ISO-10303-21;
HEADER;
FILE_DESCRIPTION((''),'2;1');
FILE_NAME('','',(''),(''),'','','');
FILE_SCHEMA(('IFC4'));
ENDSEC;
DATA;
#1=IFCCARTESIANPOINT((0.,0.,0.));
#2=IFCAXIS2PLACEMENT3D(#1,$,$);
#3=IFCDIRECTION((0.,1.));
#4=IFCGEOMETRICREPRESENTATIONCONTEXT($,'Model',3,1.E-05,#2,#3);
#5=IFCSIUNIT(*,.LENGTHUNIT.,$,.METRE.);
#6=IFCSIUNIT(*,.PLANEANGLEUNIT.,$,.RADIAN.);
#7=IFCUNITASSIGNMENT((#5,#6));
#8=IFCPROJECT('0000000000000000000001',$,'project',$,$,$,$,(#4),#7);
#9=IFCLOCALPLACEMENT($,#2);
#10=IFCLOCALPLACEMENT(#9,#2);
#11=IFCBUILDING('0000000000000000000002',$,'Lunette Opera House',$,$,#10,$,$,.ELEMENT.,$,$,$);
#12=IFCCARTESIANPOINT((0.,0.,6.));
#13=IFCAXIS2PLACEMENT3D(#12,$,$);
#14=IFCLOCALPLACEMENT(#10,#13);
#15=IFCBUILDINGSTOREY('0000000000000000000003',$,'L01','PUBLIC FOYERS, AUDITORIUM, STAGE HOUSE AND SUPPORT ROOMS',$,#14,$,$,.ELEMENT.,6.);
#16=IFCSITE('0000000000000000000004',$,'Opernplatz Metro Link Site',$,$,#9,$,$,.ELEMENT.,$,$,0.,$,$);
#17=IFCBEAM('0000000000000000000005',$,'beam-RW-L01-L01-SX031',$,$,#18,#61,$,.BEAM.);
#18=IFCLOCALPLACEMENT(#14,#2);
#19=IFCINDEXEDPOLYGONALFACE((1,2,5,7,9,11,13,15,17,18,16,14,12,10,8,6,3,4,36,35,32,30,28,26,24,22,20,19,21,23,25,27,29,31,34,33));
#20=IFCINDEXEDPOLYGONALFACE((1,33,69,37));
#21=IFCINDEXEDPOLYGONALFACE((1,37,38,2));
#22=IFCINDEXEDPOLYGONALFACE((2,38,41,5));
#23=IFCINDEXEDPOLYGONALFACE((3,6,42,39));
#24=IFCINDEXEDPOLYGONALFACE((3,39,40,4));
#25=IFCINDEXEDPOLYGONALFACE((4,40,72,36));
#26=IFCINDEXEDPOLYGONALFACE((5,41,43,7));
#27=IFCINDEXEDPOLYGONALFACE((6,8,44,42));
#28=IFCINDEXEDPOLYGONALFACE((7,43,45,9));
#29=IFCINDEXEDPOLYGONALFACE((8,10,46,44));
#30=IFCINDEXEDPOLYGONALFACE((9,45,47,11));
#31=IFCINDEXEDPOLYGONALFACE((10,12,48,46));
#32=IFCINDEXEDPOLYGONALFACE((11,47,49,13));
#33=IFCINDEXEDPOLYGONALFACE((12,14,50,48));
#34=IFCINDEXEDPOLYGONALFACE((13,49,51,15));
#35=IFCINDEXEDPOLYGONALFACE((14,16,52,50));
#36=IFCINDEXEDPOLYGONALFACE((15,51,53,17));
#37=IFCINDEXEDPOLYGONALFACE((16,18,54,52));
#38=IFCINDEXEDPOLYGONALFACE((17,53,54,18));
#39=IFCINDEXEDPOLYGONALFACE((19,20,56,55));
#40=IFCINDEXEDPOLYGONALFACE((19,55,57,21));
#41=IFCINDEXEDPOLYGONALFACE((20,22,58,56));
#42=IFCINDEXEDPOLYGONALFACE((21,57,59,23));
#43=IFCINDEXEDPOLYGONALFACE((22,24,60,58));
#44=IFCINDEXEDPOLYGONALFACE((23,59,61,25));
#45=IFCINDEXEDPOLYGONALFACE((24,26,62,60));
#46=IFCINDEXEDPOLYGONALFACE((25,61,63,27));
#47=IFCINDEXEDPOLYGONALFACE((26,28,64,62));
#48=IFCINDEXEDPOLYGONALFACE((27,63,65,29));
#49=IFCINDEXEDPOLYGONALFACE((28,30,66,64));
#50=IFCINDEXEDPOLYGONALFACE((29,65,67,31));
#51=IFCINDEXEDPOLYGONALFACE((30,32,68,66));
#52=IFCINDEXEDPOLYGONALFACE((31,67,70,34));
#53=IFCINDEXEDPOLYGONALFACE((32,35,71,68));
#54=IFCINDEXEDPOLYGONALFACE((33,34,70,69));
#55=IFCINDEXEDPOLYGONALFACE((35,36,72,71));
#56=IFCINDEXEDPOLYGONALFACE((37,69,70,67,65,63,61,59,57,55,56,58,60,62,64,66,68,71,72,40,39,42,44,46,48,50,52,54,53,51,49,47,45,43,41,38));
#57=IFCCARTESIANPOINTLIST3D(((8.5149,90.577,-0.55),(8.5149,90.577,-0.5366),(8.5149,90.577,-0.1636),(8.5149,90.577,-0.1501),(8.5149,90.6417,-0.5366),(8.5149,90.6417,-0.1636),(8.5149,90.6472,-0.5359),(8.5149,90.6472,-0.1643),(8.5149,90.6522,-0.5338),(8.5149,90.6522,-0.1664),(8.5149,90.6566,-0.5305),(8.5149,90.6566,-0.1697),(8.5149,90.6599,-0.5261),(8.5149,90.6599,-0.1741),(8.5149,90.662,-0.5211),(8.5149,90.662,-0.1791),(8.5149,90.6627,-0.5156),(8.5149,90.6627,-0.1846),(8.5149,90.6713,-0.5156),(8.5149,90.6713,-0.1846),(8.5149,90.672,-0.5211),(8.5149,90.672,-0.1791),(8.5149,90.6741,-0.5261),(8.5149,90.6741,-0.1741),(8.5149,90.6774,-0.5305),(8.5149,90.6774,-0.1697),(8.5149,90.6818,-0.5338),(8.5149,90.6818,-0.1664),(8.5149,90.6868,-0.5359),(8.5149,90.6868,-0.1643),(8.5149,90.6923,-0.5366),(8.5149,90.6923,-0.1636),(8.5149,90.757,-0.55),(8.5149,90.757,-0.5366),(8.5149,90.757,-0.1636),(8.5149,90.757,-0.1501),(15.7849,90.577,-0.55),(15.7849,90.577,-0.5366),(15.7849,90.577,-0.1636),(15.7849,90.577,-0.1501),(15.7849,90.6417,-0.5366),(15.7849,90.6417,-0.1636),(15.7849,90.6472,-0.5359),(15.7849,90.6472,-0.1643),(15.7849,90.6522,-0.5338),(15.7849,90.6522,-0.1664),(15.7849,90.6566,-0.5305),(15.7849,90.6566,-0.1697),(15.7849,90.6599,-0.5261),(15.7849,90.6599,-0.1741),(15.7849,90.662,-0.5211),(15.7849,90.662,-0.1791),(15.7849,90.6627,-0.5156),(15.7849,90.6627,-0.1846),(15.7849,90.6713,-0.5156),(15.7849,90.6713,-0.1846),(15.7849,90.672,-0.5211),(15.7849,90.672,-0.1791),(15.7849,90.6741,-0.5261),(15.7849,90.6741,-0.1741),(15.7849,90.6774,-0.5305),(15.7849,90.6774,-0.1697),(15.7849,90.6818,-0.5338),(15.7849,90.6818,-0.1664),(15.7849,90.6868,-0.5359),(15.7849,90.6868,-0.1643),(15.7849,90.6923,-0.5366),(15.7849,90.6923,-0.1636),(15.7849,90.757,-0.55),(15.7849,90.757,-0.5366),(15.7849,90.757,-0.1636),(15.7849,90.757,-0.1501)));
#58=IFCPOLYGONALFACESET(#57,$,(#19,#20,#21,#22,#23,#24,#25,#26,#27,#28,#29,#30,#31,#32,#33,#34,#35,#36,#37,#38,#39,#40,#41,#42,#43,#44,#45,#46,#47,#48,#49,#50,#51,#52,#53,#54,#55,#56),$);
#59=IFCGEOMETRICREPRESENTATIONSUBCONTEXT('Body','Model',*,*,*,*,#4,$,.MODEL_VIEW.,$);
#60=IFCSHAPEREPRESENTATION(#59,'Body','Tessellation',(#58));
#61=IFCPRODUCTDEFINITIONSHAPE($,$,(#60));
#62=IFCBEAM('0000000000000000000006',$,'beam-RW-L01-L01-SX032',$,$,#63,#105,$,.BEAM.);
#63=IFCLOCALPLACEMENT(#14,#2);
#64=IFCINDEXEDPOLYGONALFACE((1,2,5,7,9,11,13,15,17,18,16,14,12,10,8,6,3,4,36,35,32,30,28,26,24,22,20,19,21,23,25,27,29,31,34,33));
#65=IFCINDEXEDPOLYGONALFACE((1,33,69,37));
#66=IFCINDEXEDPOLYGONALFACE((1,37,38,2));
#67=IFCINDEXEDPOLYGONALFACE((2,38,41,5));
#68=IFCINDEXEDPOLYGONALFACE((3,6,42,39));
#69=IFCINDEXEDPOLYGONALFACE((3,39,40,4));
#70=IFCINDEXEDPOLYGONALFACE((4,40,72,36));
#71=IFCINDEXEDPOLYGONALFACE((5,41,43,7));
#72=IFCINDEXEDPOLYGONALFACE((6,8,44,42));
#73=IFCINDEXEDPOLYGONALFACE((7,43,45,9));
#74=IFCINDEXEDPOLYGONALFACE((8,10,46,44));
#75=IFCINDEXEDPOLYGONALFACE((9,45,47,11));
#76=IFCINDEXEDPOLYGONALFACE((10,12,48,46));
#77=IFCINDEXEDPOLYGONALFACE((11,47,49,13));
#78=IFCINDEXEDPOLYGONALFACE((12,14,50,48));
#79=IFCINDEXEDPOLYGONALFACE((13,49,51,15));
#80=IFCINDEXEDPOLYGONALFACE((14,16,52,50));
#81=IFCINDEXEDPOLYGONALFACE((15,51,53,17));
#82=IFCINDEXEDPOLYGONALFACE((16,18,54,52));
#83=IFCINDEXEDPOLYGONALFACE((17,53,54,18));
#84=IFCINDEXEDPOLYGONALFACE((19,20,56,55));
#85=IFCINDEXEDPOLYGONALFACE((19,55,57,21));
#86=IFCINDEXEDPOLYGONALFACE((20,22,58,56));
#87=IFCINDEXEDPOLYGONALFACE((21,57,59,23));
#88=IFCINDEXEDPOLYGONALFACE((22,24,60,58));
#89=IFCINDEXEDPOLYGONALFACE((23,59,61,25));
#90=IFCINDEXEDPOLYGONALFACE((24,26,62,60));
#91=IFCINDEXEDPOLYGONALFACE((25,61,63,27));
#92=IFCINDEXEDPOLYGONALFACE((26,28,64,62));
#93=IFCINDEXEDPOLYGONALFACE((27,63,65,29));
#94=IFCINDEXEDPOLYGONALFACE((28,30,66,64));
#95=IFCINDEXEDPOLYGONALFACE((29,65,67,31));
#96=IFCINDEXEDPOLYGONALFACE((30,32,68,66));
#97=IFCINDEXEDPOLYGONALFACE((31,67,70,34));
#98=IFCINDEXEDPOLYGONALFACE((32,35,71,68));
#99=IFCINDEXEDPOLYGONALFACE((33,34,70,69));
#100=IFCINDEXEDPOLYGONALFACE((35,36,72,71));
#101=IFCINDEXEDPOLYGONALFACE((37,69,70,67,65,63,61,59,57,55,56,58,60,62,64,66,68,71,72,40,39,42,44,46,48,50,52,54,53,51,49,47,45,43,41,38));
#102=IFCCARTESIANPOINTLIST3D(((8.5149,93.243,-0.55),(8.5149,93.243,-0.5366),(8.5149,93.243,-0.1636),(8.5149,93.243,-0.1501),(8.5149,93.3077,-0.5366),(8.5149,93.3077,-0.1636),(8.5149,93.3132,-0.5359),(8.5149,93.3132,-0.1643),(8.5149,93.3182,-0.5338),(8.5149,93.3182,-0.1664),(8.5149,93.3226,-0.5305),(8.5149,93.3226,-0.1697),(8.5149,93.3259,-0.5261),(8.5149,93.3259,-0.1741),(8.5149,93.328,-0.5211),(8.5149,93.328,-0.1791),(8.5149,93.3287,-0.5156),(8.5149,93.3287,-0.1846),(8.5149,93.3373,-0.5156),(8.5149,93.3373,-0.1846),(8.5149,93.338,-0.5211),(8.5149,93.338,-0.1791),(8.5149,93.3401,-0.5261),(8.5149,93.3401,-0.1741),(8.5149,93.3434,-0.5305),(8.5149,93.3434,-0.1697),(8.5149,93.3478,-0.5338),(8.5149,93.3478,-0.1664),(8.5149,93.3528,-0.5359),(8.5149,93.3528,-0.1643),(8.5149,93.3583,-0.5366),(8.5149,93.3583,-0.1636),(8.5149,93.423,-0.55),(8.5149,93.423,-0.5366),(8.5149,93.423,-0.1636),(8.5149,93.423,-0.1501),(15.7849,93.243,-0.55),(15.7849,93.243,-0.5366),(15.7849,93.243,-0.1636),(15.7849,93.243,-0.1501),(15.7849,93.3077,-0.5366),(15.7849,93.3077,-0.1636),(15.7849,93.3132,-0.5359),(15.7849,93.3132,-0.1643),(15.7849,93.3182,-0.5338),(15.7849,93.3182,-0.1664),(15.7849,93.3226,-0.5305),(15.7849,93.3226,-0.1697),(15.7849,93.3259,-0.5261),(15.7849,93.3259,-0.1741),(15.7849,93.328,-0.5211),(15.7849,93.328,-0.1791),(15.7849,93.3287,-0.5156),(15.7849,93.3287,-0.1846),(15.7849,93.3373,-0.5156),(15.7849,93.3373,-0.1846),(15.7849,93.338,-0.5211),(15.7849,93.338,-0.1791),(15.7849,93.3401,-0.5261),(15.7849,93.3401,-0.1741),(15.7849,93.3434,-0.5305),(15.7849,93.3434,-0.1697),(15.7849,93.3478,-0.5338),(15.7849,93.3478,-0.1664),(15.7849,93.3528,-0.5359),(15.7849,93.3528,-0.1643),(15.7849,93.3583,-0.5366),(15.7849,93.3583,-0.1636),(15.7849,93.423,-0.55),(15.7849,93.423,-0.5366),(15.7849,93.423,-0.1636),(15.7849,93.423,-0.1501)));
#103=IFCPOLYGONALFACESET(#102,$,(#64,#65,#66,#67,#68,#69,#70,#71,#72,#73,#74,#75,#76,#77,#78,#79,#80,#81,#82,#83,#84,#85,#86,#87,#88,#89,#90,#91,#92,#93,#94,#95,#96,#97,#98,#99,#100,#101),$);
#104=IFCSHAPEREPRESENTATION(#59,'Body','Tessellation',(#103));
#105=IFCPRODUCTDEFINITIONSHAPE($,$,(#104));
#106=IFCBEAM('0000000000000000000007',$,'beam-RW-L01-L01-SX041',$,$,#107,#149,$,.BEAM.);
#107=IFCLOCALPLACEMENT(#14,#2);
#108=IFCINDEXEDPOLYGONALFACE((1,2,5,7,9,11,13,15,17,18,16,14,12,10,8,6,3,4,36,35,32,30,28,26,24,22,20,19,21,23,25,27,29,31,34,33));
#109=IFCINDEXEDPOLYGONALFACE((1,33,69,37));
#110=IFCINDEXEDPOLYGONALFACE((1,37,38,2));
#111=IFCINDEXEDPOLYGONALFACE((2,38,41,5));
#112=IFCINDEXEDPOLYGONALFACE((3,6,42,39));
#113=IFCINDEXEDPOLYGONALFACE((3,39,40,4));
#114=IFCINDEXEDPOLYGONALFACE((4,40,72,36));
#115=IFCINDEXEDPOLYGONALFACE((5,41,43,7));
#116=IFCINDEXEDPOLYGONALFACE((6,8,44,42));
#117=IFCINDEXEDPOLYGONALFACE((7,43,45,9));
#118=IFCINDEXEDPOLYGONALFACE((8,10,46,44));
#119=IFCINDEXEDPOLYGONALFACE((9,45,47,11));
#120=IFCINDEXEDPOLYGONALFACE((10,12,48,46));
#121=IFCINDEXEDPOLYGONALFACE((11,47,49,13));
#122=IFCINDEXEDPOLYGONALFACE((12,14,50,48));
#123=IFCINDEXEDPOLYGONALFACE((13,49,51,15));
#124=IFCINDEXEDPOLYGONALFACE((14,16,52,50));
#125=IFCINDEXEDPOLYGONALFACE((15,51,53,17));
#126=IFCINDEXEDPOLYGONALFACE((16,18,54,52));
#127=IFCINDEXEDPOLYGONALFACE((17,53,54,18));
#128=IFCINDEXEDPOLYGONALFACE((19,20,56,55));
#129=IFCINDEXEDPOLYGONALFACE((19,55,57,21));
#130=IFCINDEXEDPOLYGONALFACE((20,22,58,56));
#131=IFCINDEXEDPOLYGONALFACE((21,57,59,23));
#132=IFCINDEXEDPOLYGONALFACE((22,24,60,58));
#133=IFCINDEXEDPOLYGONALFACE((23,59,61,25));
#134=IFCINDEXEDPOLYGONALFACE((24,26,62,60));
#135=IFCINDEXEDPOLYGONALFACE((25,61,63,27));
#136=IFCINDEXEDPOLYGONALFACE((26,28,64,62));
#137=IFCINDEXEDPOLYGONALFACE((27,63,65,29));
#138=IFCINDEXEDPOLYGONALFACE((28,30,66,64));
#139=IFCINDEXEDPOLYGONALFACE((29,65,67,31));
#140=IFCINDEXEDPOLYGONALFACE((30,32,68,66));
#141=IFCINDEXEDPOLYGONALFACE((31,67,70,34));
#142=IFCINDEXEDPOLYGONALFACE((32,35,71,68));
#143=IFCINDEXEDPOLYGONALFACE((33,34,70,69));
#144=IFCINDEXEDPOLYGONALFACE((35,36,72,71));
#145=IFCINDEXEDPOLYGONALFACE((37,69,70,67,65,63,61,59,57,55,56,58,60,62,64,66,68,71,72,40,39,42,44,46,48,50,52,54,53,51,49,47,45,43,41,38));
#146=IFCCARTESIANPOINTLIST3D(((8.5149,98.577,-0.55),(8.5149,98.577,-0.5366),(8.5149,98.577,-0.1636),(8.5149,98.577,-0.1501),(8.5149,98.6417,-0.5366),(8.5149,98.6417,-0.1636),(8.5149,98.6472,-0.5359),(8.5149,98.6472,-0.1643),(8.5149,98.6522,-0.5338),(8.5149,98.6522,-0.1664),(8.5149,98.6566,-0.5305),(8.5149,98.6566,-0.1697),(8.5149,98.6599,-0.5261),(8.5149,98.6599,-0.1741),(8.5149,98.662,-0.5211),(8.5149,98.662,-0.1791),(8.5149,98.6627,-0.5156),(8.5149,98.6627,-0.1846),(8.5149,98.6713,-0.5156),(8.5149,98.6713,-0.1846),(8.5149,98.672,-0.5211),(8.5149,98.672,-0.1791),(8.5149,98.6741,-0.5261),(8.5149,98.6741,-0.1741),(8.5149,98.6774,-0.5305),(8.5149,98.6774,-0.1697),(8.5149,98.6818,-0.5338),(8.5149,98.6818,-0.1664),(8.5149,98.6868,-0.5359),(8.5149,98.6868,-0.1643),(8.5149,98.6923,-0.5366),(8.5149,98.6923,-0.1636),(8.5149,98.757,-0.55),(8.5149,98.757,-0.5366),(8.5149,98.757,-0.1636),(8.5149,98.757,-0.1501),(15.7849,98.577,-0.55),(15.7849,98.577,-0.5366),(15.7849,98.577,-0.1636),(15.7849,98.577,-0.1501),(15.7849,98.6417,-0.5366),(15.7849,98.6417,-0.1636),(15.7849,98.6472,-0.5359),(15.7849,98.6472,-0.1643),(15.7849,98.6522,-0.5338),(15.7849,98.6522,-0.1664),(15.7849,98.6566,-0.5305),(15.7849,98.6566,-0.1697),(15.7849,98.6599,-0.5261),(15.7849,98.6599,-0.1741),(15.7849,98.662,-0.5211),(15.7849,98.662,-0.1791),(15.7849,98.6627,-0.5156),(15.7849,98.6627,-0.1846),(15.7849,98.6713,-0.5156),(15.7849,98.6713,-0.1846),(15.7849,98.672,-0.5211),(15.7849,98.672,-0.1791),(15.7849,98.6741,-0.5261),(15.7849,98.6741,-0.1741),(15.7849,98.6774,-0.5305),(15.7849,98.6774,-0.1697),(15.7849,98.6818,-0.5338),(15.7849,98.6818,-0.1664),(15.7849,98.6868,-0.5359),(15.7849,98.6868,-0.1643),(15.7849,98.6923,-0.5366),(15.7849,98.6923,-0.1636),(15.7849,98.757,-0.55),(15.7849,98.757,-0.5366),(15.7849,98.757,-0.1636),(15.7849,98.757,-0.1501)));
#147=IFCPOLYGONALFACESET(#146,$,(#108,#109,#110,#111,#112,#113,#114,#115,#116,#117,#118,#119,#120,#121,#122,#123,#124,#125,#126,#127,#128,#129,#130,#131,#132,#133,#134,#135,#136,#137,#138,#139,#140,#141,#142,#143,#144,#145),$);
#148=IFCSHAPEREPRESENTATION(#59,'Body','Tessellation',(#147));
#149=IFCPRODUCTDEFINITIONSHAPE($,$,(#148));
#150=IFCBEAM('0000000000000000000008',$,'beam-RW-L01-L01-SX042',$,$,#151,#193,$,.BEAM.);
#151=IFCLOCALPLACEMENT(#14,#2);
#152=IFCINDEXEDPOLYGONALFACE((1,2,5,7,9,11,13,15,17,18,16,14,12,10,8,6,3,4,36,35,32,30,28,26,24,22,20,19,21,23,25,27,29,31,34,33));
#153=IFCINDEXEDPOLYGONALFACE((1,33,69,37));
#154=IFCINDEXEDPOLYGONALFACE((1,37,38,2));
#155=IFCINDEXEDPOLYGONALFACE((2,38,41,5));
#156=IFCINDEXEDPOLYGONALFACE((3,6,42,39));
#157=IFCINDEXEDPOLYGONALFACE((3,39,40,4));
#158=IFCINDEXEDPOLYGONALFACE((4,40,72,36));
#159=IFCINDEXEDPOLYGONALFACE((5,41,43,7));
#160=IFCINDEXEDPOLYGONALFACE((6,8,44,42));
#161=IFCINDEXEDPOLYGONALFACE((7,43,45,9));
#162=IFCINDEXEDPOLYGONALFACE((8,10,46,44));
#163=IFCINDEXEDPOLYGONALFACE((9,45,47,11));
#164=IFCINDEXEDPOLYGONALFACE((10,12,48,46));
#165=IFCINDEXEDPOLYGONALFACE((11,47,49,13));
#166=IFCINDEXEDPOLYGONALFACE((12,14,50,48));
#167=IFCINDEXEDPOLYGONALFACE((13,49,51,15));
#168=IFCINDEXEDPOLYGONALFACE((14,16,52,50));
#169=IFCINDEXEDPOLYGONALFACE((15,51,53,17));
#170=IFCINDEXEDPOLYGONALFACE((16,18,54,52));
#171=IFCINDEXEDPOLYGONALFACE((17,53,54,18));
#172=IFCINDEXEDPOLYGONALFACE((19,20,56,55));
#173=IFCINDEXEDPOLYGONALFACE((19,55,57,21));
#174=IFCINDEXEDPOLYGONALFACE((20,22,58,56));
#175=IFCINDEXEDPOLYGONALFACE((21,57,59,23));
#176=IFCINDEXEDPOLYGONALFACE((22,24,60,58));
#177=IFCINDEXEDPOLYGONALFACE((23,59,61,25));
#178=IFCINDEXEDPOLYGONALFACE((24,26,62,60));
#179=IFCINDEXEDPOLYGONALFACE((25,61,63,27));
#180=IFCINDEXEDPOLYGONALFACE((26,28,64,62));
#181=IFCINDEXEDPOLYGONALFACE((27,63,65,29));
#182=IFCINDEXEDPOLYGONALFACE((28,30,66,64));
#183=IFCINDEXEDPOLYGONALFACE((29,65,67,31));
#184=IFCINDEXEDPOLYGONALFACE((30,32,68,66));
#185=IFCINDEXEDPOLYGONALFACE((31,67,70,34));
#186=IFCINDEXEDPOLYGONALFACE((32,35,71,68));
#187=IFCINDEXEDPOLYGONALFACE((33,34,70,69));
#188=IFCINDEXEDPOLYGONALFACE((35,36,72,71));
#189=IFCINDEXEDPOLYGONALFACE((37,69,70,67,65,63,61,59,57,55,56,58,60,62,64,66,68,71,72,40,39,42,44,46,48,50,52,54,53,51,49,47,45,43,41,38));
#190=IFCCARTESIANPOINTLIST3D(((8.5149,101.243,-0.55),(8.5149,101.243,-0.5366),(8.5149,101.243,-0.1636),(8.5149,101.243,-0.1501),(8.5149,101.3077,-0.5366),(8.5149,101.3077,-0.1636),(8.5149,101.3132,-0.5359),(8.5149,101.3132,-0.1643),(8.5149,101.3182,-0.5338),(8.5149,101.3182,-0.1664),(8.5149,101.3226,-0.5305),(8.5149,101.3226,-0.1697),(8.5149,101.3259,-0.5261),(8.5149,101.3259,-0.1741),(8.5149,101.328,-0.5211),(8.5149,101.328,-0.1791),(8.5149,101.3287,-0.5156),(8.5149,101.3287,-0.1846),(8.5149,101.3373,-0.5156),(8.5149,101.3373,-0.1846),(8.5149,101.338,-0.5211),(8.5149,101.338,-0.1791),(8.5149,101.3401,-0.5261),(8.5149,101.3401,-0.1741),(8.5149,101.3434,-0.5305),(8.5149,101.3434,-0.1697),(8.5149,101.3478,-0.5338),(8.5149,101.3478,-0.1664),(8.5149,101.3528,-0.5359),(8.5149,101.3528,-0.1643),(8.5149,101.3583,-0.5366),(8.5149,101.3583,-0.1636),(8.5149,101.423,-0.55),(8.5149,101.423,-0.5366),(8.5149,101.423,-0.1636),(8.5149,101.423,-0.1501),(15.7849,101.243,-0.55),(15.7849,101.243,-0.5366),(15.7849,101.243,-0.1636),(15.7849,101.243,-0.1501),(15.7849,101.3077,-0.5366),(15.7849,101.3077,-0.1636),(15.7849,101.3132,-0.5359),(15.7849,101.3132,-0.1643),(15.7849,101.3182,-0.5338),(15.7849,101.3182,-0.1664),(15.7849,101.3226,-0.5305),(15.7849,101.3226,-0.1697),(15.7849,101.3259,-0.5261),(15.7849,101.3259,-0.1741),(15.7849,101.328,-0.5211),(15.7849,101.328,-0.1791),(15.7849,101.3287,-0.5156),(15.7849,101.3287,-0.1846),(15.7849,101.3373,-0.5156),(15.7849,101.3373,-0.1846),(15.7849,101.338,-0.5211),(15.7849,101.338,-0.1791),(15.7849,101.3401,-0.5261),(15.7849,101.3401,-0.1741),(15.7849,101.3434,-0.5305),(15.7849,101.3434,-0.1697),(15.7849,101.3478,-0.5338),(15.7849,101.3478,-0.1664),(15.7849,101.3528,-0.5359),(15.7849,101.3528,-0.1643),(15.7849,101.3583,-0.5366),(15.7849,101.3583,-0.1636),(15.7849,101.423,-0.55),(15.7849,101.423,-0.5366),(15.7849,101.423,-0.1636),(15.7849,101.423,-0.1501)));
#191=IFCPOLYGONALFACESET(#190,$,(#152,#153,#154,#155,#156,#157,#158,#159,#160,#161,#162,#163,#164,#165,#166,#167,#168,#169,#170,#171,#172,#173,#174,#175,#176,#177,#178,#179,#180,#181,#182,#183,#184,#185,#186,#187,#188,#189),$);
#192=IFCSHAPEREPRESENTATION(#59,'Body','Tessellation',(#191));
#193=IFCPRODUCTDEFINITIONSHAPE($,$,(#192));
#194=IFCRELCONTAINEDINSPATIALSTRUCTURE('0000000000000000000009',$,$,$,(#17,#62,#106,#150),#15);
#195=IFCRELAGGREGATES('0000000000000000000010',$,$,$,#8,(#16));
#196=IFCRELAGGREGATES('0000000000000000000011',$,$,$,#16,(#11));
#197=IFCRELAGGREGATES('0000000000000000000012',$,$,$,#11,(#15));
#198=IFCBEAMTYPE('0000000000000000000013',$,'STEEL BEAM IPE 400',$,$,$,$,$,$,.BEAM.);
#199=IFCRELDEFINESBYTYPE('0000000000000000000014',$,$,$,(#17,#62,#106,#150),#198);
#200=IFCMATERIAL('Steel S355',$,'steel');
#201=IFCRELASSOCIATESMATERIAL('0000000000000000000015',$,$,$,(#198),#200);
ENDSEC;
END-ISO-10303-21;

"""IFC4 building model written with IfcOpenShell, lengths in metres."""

from ifc_helpers import new_model, si_unit, direction, frame, origin, origin_2d, place, context, subcontext, project, spatial, i_section, extrude, material, material_profile, profile_set, type_object, element, save


model = new_model("IFC4")

# Units and contexts
model_context = context("Model", 3, precision=1e-05, world=origin(), true_north=direction((0.0, 1.0)))
body_context = subcontext(model_context, "Body", "Model", "MODEL_VIEW")
ifc_project = project(units=[si_unit("LENGTHUNIT", "METRE"), si_unit("PLANEANGLEUNIT", "RADIAN")], contexts=[model_context])

# Site, building, storey
site_placement = place(None, origin())
site = spatial("IfcSite", under=ifc_project, at=site_placement, Name="Opernplatz Metro Link Site", CompositionType="ELEMENT", RefElevation=0.0)
building_placement = place(site_placement, origin())
building = spatial("IfcBuilding", under=site, at=building_placement, Name="Lunette Opera House", CompositionType="ELEMENT")
storey_placement = place(building_placement, frame((0.0, 0.0, 6.0)))
storey = spatial("IfcBuildingStorey", under=building, at=storey_placement, Name="L01", Description="PUBLIC FOYERS, AUDITORIUM, STAGE HOUSE AND SUPPORT ROOMS", CompositionType="ELEMENT", Elevation=6.0)

# Beams
ifc_material_1 = material(Name="Steel S355", Category="steel")
ifc_material_profile_1 = material_profile(ifc_material_1, i_section(OverallWidth=0.1799, OverallDepth=0.3999, WebThickness=0.0085, FlangeThickness=0.0134, FilletRadius=0.021, at=origin_2d()), Name="IPE 400")
ifc_profile_set_1 = profile_set([ifc_material_profile_1], Name="Steel S355")
beam_type_1 = type_object("IfcBeamType", Name="STEEL BEAM IPE 400", PredefinedType="BEAM", material=ifc_profile_set_1)
for number, where, z_axis, x_axis, name in (
    (1, (8.5149, 90.667, -0.3501), (1.0, 0.0, 0.0), (0.0, 1.0, 0.0), "beam-RW-L01-L01-SX031"),
    (2, (8.5149, 93.333, -0.3501), (1.0, 0.0, 0.0), (0.0, 1.0, 0.0), "beam-RW-L01-L01-SX032"),
    (3, (8.5149, 98.667, -0.3501), (1.0, 0.0, 0.0), (0.0, 1.0, 0.0), "beam-RW-L01-L01-SX041"),
    (4, (8.5149, 101.333, -0.3501), (1.0, 0.0, 0.0), (0.0, 1.0, 0.0), "beam-RW-L01-L01-SX042"),
):
    element("IfcBeam", number, at=place(storey_placement, frame(where, z_axis=z_axis, x_axis=x_axis)), inside=storey, type_object=beam_type_1, Name=name, PredefinedType="BEAM", context=body_context, shape_type="SweptSolid", body=[
        extrude(i_section(OverallWidth=0.1799, OverallDepth=0.3999, WebThickness=0.0085, FlangeThickness=0.0134, FilletRadius=0.021, at=origin_2d()), origin(), (0.0, 0.0, 1.0), 7.27),
    ])

save(model, "model.ifc")
